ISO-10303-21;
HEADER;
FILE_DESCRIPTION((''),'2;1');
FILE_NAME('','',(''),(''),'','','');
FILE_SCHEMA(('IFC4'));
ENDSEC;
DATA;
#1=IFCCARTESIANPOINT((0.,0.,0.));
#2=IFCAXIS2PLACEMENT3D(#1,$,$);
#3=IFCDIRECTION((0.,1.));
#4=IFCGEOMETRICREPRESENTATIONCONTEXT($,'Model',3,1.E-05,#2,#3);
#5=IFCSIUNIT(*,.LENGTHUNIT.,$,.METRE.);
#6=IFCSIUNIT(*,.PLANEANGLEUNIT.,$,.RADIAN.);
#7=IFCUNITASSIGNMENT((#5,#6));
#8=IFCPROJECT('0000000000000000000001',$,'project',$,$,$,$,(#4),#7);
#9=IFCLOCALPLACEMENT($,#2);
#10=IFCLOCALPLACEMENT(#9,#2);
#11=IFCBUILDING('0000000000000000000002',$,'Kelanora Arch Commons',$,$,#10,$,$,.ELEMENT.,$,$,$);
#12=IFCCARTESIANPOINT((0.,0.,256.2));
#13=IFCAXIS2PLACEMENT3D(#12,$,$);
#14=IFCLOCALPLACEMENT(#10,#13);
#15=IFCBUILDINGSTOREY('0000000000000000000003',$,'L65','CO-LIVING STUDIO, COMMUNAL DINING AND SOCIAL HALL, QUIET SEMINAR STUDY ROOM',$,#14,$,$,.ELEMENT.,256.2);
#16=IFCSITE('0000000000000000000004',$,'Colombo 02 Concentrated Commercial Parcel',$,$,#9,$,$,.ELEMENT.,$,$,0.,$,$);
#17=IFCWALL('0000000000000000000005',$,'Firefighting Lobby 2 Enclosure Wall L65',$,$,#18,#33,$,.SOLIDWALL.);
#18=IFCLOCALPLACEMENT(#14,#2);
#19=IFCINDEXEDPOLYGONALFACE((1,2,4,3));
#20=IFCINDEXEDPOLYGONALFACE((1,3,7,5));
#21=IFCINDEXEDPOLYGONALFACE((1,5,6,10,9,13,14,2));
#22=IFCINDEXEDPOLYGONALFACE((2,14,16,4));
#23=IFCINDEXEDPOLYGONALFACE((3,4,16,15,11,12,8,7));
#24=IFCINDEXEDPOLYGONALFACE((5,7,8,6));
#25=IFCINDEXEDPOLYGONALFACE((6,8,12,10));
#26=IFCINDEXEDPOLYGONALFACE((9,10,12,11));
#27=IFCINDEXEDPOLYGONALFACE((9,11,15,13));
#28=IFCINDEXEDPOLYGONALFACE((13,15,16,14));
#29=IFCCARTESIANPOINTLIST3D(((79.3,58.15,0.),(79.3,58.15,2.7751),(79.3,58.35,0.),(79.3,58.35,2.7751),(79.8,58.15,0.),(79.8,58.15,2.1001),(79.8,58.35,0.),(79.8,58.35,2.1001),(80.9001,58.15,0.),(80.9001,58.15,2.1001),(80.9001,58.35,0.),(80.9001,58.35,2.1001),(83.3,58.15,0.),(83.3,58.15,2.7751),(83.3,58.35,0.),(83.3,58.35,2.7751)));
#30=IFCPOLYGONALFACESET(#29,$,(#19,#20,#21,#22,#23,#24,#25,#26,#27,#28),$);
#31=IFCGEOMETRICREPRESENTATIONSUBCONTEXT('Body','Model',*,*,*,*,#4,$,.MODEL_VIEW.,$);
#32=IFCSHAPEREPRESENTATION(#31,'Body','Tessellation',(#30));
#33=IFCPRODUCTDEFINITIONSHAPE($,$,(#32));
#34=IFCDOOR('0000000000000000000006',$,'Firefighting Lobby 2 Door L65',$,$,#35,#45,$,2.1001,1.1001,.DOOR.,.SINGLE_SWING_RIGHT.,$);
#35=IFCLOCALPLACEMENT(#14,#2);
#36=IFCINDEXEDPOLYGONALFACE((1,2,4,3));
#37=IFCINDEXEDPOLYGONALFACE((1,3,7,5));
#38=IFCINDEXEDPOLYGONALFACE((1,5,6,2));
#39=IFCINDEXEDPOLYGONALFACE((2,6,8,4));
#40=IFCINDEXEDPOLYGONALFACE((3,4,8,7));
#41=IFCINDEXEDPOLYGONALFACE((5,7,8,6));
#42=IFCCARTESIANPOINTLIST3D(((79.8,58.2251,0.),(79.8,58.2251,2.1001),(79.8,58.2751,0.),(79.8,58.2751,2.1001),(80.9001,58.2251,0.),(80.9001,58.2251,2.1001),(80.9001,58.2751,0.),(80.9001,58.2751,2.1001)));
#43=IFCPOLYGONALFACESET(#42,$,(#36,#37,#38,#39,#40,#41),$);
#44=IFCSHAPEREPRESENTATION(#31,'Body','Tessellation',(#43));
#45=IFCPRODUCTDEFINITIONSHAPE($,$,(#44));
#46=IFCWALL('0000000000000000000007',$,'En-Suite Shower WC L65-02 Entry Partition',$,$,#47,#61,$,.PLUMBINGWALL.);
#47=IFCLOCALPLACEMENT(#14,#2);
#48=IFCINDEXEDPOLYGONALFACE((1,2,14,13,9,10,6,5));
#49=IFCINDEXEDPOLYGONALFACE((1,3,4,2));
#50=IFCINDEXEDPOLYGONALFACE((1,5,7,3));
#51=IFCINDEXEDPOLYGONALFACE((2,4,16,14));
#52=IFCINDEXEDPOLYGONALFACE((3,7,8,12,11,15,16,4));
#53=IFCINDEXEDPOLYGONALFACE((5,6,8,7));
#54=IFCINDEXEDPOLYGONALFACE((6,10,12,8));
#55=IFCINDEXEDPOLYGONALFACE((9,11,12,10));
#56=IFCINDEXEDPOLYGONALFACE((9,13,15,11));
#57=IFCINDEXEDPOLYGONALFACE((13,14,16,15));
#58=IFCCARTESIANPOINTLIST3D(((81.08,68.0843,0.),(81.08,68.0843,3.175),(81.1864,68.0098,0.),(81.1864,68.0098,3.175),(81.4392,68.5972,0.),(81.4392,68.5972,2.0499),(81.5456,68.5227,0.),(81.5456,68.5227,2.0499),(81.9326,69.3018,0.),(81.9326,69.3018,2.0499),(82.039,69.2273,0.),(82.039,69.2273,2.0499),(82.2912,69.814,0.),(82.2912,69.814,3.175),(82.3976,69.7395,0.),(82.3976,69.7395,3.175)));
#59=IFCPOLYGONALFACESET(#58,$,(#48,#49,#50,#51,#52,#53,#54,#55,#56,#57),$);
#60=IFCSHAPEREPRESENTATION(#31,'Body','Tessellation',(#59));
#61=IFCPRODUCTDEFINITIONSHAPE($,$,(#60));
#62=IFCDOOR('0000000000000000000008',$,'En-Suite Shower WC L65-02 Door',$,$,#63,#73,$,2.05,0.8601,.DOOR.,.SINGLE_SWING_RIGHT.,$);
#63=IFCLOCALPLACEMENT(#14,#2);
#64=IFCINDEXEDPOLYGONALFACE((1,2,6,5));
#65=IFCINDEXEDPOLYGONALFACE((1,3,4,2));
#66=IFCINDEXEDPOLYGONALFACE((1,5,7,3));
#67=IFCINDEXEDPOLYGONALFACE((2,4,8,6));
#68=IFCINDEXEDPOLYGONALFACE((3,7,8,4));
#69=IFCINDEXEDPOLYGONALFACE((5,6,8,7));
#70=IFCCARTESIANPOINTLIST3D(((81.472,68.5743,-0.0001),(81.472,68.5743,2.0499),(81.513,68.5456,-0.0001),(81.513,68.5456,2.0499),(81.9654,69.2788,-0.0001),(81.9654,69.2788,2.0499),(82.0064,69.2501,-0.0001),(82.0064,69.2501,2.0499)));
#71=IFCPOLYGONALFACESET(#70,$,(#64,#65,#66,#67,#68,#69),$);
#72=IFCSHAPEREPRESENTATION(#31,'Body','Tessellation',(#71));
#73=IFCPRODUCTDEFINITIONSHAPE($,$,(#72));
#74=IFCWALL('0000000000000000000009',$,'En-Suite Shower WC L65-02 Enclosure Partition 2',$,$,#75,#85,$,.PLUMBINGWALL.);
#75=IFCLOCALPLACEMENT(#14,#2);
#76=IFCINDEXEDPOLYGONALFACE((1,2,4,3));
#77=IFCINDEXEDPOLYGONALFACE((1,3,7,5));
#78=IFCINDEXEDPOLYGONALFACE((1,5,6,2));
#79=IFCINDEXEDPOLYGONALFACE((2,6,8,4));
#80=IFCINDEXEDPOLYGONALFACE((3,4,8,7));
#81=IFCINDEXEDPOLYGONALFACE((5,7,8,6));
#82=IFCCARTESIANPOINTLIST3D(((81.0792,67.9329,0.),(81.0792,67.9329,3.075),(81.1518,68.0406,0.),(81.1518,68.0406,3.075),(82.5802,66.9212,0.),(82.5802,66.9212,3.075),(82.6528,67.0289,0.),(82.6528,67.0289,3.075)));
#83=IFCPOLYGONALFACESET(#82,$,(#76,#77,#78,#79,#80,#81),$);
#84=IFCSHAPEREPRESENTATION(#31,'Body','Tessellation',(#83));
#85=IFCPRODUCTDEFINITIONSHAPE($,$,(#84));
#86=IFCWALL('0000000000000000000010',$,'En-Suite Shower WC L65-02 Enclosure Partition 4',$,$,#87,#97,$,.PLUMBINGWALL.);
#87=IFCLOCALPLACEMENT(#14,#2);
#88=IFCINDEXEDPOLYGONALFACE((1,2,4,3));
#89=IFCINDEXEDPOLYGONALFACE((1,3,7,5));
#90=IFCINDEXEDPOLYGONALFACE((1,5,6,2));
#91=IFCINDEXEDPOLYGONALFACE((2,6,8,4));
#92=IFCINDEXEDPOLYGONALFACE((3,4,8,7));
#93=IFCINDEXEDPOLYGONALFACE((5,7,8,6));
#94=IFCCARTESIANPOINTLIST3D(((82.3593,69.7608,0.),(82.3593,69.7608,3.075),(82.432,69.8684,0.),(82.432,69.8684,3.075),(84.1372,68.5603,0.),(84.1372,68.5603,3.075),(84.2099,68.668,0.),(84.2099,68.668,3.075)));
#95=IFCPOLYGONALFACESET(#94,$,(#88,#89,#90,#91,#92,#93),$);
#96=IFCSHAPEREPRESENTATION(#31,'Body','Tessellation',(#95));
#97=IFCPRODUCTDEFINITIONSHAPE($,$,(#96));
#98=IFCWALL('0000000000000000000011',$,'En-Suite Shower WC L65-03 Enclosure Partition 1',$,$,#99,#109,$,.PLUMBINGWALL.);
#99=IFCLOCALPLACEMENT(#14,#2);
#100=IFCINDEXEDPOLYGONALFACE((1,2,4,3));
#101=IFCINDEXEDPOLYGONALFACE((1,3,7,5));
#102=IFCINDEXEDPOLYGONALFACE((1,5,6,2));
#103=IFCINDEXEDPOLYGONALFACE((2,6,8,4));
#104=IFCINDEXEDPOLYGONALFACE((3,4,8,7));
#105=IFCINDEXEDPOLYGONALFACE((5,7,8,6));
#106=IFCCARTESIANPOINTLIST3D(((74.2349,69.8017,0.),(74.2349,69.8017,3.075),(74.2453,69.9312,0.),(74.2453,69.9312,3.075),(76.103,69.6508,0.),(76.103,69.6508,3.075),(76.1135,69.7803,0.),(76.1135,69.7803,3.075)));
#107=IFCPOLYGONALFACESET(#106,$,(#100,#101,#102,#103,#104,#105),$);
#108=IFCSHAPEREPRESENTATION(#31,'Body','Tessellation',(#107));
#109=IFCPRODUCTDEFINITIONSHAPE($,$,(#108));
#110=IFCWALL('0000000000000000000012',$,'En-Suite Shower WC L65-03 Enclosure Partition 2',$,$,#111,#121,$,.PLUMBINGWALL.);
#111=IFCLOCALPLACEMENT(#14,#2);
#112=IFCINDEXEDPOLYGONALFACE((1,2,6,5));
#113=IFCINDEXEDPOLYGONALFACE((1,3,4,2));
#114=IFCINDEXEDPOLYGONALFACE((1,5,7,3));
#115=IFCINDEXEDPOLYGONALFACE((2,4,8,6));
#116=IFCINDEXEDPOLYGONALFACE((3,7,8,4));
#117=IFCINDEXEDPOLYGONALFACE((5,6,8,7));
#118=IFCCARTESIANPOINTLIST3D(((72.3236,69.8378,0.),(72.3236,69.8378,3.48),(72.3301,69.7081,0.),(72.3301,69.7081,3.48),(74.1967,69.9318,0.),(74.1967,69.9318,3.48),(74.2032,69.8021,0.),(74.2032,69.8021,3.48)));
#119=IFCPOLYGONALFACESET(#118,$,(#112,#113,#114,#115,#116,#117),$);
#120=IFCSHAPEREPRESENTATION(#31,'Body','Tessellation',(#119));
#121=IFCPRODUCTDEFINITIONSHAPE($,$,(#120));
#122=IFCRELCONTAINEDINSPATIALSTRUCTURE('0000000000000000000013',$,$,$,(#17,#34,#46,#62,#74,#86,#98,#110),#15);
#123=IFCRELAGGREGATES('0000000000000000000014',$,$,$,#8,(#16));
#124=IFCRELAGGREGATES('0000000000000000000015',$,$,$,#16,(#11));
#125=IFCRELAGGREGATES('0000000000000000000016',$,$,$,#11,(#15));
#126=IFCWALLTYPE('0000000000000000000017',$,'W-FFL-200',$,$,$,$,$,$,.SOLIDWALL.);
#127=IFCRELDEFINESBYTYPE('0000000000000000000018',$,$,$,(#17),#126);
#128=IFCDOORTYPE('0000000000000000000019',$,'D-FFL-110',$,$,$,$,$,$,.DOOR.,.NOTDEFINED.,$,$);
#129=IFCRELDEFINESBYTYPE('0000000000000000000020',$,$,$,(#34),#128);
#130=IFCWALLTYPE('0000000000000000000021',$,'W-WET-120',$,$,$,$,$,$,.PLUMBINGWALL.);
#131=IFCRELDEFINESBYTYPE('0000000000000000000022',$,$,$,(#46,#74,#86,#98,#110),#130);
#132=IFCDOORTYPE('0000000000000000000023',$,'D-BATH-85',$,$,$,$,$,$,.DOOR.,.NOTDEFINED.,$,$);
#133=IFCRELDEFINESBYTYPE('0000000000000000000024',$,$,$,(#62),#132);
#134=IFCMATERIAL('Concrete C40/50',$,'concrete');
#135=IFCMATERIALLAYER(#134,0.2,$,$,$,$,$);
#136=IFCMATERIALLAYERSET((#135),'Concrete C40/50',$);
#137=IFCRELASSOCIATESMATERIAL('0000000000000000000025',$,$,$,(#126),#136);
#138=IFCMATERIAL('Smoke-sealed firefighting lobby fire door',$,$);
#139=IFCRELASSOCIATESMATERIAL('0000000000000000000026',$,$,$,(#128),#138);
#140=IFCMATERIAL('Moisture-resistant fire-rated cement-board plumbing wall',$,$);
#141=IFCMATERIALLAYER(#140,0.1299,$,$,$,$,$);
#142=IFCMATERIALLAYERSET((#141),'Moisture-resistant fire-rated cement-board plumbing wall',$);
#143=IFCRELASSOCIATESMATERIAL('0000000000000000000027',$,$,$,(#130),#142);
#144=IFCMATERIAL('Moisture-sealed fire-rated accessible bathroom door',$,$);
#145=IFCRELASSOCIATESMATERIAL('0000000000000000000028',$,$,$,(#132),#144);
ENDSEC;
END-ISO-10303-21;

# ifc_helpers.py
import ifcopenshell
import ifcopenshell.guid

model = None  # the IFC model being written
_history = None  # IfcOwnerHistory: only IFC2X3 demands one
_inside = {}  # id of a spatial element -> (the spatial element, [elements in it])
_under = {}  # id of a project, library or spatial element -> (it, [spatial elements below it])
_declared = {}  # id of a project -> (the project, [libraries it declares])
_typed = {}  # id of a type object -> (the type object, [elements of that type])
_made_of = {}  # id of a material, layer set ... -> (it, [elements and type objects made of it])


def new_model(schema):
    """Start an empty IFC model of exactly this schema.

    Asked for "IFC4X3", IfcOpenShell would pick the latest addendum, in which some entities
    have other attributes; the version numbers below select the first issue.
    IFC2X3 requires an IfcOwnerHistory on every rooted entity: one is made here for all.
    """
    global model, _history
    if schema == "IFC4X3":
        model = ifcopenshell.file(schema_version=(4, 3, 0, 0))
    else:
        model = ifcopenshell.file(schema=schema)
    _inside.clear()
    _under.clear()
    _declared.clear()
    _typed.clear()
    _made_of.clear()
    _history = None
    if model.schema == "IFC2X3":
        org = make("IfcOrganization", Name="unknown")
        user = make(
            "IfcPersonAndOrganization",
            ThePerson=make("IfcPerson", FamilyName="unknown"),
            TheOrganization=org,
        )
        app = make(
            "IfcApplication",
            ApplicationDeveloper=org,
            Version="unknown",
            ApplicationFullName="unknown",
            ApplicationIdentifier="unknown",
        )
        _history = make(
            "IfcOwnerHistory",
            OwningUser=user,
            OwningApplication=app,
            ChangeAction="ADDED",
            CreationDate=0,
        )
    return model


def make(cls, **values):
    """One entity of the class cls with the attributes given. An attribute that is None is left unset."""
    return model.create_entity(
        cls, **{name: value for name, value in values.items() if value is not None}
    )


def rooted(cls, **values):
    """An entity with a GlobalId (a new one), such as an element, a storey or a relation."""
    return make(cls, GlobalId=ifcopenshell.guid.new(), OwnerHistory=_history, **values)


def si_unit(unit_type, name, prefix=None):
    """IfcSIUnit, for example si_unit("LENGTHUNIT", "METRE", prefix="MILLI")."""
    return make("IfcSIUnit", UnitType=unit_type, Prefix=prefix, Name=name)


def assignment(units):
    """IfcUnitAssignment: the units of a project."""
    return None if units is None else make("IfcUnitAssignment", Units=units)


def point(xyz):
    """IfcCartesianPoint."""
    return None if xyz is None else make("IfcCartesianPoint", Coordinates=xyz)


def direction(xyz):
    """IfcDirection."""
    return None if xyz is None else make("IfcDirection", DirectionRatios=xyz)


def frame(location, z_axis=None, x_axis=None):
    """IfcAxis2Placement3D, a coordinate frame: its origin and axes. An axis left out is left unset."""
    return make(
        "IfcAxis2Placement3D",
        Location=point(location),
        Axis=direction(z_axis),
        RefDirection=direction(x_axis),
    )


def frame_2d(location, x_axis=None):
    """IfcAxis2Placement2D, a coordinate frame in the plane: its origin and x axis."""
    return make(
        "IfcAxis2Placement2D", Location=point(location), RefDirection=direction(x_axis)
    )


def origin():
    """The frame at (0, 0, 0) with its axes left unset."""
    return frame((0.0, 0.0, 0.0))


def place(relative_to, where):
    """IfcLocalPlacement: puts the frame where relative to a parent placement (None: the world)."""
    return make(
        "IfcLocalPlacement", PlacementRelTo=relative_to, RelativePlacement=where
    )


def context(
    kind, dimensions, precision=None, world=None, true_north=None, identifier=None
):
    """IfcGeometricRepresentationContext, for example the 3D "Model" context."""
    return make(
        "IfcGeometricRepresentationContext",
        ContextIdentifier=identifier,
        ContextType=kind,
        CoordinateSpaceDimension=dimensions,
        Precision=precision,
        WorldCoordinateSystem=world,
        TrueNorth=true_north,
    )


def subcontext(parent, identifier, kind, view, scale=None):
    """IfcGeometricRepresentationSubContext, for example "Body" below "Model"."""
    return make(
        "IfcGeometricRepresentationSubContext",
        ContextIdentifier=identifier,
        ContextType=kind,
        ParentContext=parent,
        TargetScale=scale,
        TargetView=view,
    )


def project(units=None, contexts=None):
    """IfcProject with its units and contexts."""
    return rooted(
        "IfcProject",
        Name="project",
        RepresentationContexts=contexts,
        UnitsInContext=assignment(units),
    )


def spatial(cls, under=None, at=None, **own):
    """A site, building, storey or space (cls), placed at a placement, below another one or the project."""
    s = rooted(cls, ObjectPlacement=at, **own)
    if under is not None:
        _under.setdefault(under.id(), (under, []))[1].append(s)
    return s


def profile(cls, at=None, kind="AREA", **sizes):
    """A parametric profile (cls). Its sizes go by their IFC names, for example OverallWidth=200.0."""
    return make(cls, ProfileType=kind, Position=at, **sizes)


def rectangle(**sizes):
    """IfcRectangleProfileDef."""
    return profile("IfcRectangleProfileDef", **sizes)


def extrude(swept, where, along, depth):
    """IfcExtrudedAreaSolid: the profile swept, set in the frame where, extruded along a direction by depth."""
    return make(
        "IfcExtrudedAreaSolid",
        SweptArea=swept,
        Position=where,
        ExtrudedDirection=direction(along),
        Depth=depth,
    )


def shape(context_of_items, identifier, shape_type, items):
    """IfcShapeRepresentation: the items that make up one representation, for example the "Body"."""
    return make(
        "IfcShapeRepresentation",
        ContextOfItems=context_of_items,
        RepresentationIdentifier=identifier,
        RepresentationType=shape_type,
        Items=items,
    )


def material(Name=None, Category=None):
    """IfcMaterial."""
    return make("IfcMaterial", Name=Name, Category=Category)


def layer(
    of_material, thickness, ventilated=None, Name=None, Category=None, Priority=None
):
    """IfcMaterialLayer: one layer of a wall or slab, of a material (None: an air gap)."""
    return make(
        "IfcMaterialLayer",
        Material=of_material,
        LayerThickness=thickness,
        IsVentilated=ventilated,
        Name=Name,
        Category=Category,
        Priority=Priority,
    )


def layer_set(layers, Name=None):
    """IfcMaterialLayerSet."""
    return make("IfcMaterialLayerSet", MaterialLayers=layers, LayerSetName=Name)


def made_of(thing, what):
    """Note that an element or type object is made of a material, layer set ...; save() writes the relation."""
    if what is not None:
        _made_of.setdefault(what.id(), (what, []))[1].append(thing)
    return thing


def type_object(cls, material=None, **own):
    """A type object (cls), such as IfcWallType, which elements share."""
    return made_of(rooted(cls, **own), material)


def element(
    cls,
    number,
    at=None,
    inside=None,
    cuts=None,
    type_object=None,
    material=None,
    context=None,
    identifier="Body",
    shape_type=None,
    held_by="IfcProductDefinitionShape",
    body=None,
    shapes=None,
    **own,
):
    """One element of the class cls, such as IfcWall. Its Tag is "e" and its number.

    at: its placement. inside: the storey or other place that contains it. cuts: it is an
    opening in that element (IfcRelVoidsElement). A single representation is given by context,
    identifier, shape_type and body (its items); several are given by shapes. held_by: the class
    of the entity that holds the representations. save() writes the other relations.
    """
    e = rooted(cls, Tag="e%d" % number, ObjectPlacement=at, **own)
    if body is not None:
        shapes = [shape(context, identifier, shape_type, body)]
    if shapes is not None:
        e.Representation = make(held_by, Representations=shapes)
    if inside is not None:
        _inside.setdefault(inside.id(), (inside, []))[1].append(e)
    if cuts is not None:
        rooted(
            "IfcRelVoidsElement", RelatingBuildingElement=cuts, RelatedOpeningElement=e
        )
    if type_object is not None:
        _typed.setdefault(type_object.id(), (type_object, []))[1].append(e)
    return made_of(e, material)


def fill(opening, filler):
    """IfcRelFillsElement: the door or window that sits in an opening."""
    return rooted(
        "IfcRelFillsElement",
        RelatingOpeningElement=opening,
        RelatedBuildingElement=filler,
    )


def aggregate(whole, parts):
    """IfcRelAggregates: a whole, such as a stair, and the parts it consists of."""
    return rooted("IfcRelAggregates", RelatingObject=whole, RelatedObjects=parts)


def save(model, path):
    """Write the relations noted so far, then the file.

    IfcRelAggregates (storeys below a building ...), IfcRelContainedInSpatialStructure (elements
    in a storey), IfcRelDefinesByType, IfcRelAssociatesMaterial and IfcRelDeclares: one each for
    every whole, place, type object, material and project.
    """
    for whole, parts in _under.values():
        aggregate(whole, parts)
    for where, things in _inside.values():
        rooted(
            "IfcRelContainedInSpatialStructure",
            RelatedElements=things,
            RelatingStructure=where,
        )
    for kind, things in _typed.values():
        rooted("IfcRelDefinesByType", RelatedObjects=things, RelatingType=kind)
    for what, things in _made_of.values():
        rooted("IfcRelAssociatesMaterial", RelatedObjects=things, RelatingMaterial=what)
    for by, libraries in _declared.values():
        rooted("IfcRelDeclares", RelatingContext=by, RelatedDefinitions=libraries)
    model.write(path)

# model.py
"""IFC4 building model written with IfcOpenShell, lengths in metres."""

from ifc_helpers import new_model, si_unit, direction, frame, frame_2d, origin, place, context, subcontext, project, spatial, rectangle, extrude, material, layer, layer_set, type_object, element, fill, save


model = new_model("IFC4")

# Units and contexts
model_context = context("Model", 3, precision=1e-05, world=origin(), true_north=direction((0.0, 1.0)))
body_context = subcontext(model_context, "Body", "Model", "MODEL_VIEW")
ifc_project = project(units=[si_unit("LENGTHUNIT", "METRE"), si_unit("PLANEANGLEUNIT", "RADIAN")], contexts=[model_context])

# Site, building, storey
site_placement = place(None, origin())
site = spatial("IfcSite", under=ifc_project, at=site_placement, Name="Colombo 02 Concentrated Commercial Parcel", CompositionType="ELEMENT", RefElevation=0.0)
building_placement = place(site_placement, origin())
building = spatial("IfcBuilding", under=site, at=building_placement, Name="Kelanora Arch Commons", CompositionType="ELEMENT")
storey_placement = place(building_placement, frame((0.0, 0.0, 256.2)))
storey = spatial("IfcBuildingStorey", under=building, at=storey_placement, Name="L65", Description="CO-LIVING STUDIO, COMMUNAL DINING AND SOCIAL HALL, QUIET SEMINAR STUDY ROOM", CompositionType="ELEMENT", Elevation=256.2)

# Walls, openings, doors
ifc_material_1 = material(Name="Concrete C40/50", Category="concrete")
ifc_layer_1 = layer(ifc_material_1, 0.2)
ifc_layer_set_1 = layer_set([ifc_layer_1], Name="Concrete C40/50")
wall_type_1 = type_object("IfcWallType", Name="W-FFL-200", PredefinedType="SOLIDWALL", material=ifc_layer_set_1)
ifc_material_2 = material(Name="Smoke-sealed firefighting lobby fire door")
door_type_1 = type_object("IfcDoorType", Name="D-FFL-110", OperationType="NOTDEFINED", PredefinedType="DOOR", material=ifc_material_2)
wall_1_placement = place(storey_placement, frame((79.3, 58.25, 0.0), z_axis=(0.0, 0.0, 1.0), x_axis=(1.0, 0.0, 0.0)))
wall_1 = element("IfcWall", 1, at=wall_1_placement, inside=storey, type_object=wall_type_1, Name="Firefighting Lobby 2 Enclosure Wall L65", PredefinedType="SOLIDWALL", context=body_context, shape_type="SweptSolid", body=[
    extrude(rectangle(XDim=4.0, YDim=0.2, at=frame_2d((2.0, 0.0))), origin(), (0.0, 0.0, 1.0), 2.7751),
])
opening_1_placement = place(wall_1_placement, frame((0.5, 0.0, 0.0)))
opening_1 = element("IfcOpeningElement", 2, at=opening_1_placement, cuts=wall_1, PredefinedType="OPENING", context=body_context, shape_type="SweptSolid", body=[
    extrude(rectangle(XDim=1.1001, YDim=2.1001, at=frame_2d((0.55, 1.05))), frame((0.0, 0.1099, 0.0), z_axis=(0.0, -1.0, 0.0), x_axis=(1.0, 0.0, 0.0)), (0.0, 0.0, 1.0), 0.22),
])
door_1_placement = place(opening_1_placement, frame((1.1001, 0.0, 0.0), z_axis=(0.0, 0.0, 1.0), x_axis=(-1.0, 0.0, 0.0)))
door_1 = element("IfcDoor", 3, at=door_1_placement, inside=storey, type_object=door_type_1, Name="Firefighting Lobby 2 Door L65", OperationType="SINGLE_SWING_RIGHT", OverallHeight=2.1001, OverallWidth=1.1001, PredefinedType="DOOR", context=body_context, shape_type="SweptSolid", body=[
    extrude(rectangle(XDim=1.1001, YDim=2.1001, at=frame_2d((0.55, 1.05))), frame((0.0, 0.0249, 0.0), z_axis=(0.0, -1.0, 0.0), x_axis=(1.0, 0.0, 0.0)), (0.0, 0.0, 1.0), 0.05),
])
fill(opening_1, door_1)
ifc_material_3 = material(Name="Moisture-resistant fire-rated cement-board plumbing wall")
ifc_layer_2 = layer(ifc_material_3, 0.1299)
ifc_layer_set_2 = layer_set([ifc_layer_2], Name="Moisture-resistant fire-rated cement-board plumbing wall")
wall_type_2 = type_object("IfcWallType", Name="W-WET-120", PredefinedType="PLUMBINGWALL", material=ifc_layer_set_2)
wall_2_placement = place(storey_placement, frame((81.1333, 68.0471, 0.0), z_axis=(0.0, 0.0, 1.0), x_axis=(0.573579, 0.81915, 0.0)))
wall_2 = element("IfcWall", 4, at=wall_2_placement, inside=storey, type_object=wall_type_2, Name="En-Suite Shower WC L65-02 Entry Partition", PredefinedType="PLUMBINGWALL", context=body_context, shape_type="SweptSolid", body=[
    extrude(rectangle(XDim=2.1116, YDim=0.1299, at=frame_2d((1.0557, 0.0))), origin(), (0.0, 0.0, 1.0), 3.175),
])
opening_2_placement = place(wall_2_placement, frame((0.626, 0.0, 0.0)))
opening_2 = element("IfcOpeningElement", 5, at=opening_2_placement, cuts=wall_2, PredefinedType="OPENING", context=body_context, shape_type="SweptSolid", body=[
    extrude(rectangle(XDim=0.8601, YDim=2.05, at=frame_2d((0.4302, 1.0249))), frame((0.0, 0.075, 0.0), z_axis=(0.0, -1.0, 0.0), x_axis=(1.0, 0.0, 0.0)), (0.0, 0.0, 1.0), 0.1499),
])
ifc_material_4 = material(Name="Moisture-sealed fire-rated accessible bathroom door")
door_type_2 = type_object("IfcDoorType", Name="D-BATH-85", OperationType="NOTDEFINED", PredefinedType="DOOR", material=ifc_material_4)
door_2_placement = place(opening_2_placement, origin())
door_2 = element("IfcDoor", 6, at=door_2_placement, inside=storey, type_object=door_type_2, Name="En-Suite Shower WC L65-02 Door", OperationType="SINGLE_SWING_RIGHT", OverallHeight=2.05, OverallWidth=0.8601, PredefinedType="DOOR", context=body_context, shape_type="SweptSolid", body=[
    extrude(rectangle(XDim=0.8601, YDim=2.05, at=frame_2d((0.4302, 1.0249))), frame((0.0, 0.0249, 0.0), z_axis=(0.0, -1.0, 0.0), x_axis=(1.0, 0.0, 0.0)), (0.0, 0.0, 1.0), 0.05),
])
fill(opening_2, door_2)

# Walls
wall_3_placement = place(storey_placement, frame((82.6165, 66.9751, 0.0), z_axis=(0.0, 0.0, 1.0), x_axis=(-0.829218, 0.558926, 0.0)))
element("IfcWall", 7, at=wall_3_placement, inside=storey, type_object=wall_type_2, Name="En-Suite Shower WC L65-02 Enclosure Partition 2", PredefinedType="PLUMBINGWALL", context=body_context, shape_type="SweptSolid", body=[
    extrude(rectangle(XDim=1.8101, YDim=0.1299, at=frame_2d((0.905, 0.0))), origin(), (0.0, 0.0, 1.0), 3.075),
])
wall_4_placement = place(storey_placement, frame((82.3955, 69.8147, 0.0), z_axis=(0.0, 0.0, 1.0), x_axis=(0.828762, -0.559602, 0.0)))
element("IfcWall", 8, at=wall_4_placement, inside=storey, type_object=wall_type_2, Name="En-Suite Shower WC L65-02 Enclosure Partition 4", PredefinedType="PLUMBINGWALL", context=body_context, shape_type="SweptSolid", body=[
    extrude(rectangle(XDim=2.1453, YDim=0.1299, at=frame_2d((1.0728, 0.0))), origin(), (0.0, 0.0, 1.0), 3.075),
])
wall_5_placement = place(storey_placement, frame((76.1082, 69.7156, 0.0), z_axis=(0.0, 0.0, 1.0), x_axis=(-0.996755, 0.080501, 0.0)))
element("IfcWall", 9, at=wall_5_placement, inside=storey, type_object=wall_type_2, Name="En-Suite Shower WC L65-03 Enclosure Partition 1", PredefinedType="PLUMBINGWALL", context=body_context, shape_type="SweptSolid", body=[
    extrude(rectangle(XDim=1.8743, YDim=0.1299, at=frame_2d((0.937, 0.0))), origin(), (0.0, 0.0, 1.0), 3.075),
])
wall_6_placement = place(storey_placement, frame((74.2, 69.8669, 0.0), z_axis=(0.0, 0.0, 1.0), x_axis=(-0.998743, -0.050119, 0.0)))
element("IfcWall", 10, at=wall_6_placement, inside=storey, type_object=wall_type_2, Name="En-Suite Shower WC L65-03 Enclosure Partition 2", PredefinedType="PLUMBINGWALL", context=body_context, shape_type="SweptSolid", body=[
    extrude(rectangle(XDim=1.8755, YDim=0.1299, at=frame_2d((0.9377, 0.0))), origin(), (0.0, 0.0, 1.0), 3.48),
])

save(model, "model.ifc")
